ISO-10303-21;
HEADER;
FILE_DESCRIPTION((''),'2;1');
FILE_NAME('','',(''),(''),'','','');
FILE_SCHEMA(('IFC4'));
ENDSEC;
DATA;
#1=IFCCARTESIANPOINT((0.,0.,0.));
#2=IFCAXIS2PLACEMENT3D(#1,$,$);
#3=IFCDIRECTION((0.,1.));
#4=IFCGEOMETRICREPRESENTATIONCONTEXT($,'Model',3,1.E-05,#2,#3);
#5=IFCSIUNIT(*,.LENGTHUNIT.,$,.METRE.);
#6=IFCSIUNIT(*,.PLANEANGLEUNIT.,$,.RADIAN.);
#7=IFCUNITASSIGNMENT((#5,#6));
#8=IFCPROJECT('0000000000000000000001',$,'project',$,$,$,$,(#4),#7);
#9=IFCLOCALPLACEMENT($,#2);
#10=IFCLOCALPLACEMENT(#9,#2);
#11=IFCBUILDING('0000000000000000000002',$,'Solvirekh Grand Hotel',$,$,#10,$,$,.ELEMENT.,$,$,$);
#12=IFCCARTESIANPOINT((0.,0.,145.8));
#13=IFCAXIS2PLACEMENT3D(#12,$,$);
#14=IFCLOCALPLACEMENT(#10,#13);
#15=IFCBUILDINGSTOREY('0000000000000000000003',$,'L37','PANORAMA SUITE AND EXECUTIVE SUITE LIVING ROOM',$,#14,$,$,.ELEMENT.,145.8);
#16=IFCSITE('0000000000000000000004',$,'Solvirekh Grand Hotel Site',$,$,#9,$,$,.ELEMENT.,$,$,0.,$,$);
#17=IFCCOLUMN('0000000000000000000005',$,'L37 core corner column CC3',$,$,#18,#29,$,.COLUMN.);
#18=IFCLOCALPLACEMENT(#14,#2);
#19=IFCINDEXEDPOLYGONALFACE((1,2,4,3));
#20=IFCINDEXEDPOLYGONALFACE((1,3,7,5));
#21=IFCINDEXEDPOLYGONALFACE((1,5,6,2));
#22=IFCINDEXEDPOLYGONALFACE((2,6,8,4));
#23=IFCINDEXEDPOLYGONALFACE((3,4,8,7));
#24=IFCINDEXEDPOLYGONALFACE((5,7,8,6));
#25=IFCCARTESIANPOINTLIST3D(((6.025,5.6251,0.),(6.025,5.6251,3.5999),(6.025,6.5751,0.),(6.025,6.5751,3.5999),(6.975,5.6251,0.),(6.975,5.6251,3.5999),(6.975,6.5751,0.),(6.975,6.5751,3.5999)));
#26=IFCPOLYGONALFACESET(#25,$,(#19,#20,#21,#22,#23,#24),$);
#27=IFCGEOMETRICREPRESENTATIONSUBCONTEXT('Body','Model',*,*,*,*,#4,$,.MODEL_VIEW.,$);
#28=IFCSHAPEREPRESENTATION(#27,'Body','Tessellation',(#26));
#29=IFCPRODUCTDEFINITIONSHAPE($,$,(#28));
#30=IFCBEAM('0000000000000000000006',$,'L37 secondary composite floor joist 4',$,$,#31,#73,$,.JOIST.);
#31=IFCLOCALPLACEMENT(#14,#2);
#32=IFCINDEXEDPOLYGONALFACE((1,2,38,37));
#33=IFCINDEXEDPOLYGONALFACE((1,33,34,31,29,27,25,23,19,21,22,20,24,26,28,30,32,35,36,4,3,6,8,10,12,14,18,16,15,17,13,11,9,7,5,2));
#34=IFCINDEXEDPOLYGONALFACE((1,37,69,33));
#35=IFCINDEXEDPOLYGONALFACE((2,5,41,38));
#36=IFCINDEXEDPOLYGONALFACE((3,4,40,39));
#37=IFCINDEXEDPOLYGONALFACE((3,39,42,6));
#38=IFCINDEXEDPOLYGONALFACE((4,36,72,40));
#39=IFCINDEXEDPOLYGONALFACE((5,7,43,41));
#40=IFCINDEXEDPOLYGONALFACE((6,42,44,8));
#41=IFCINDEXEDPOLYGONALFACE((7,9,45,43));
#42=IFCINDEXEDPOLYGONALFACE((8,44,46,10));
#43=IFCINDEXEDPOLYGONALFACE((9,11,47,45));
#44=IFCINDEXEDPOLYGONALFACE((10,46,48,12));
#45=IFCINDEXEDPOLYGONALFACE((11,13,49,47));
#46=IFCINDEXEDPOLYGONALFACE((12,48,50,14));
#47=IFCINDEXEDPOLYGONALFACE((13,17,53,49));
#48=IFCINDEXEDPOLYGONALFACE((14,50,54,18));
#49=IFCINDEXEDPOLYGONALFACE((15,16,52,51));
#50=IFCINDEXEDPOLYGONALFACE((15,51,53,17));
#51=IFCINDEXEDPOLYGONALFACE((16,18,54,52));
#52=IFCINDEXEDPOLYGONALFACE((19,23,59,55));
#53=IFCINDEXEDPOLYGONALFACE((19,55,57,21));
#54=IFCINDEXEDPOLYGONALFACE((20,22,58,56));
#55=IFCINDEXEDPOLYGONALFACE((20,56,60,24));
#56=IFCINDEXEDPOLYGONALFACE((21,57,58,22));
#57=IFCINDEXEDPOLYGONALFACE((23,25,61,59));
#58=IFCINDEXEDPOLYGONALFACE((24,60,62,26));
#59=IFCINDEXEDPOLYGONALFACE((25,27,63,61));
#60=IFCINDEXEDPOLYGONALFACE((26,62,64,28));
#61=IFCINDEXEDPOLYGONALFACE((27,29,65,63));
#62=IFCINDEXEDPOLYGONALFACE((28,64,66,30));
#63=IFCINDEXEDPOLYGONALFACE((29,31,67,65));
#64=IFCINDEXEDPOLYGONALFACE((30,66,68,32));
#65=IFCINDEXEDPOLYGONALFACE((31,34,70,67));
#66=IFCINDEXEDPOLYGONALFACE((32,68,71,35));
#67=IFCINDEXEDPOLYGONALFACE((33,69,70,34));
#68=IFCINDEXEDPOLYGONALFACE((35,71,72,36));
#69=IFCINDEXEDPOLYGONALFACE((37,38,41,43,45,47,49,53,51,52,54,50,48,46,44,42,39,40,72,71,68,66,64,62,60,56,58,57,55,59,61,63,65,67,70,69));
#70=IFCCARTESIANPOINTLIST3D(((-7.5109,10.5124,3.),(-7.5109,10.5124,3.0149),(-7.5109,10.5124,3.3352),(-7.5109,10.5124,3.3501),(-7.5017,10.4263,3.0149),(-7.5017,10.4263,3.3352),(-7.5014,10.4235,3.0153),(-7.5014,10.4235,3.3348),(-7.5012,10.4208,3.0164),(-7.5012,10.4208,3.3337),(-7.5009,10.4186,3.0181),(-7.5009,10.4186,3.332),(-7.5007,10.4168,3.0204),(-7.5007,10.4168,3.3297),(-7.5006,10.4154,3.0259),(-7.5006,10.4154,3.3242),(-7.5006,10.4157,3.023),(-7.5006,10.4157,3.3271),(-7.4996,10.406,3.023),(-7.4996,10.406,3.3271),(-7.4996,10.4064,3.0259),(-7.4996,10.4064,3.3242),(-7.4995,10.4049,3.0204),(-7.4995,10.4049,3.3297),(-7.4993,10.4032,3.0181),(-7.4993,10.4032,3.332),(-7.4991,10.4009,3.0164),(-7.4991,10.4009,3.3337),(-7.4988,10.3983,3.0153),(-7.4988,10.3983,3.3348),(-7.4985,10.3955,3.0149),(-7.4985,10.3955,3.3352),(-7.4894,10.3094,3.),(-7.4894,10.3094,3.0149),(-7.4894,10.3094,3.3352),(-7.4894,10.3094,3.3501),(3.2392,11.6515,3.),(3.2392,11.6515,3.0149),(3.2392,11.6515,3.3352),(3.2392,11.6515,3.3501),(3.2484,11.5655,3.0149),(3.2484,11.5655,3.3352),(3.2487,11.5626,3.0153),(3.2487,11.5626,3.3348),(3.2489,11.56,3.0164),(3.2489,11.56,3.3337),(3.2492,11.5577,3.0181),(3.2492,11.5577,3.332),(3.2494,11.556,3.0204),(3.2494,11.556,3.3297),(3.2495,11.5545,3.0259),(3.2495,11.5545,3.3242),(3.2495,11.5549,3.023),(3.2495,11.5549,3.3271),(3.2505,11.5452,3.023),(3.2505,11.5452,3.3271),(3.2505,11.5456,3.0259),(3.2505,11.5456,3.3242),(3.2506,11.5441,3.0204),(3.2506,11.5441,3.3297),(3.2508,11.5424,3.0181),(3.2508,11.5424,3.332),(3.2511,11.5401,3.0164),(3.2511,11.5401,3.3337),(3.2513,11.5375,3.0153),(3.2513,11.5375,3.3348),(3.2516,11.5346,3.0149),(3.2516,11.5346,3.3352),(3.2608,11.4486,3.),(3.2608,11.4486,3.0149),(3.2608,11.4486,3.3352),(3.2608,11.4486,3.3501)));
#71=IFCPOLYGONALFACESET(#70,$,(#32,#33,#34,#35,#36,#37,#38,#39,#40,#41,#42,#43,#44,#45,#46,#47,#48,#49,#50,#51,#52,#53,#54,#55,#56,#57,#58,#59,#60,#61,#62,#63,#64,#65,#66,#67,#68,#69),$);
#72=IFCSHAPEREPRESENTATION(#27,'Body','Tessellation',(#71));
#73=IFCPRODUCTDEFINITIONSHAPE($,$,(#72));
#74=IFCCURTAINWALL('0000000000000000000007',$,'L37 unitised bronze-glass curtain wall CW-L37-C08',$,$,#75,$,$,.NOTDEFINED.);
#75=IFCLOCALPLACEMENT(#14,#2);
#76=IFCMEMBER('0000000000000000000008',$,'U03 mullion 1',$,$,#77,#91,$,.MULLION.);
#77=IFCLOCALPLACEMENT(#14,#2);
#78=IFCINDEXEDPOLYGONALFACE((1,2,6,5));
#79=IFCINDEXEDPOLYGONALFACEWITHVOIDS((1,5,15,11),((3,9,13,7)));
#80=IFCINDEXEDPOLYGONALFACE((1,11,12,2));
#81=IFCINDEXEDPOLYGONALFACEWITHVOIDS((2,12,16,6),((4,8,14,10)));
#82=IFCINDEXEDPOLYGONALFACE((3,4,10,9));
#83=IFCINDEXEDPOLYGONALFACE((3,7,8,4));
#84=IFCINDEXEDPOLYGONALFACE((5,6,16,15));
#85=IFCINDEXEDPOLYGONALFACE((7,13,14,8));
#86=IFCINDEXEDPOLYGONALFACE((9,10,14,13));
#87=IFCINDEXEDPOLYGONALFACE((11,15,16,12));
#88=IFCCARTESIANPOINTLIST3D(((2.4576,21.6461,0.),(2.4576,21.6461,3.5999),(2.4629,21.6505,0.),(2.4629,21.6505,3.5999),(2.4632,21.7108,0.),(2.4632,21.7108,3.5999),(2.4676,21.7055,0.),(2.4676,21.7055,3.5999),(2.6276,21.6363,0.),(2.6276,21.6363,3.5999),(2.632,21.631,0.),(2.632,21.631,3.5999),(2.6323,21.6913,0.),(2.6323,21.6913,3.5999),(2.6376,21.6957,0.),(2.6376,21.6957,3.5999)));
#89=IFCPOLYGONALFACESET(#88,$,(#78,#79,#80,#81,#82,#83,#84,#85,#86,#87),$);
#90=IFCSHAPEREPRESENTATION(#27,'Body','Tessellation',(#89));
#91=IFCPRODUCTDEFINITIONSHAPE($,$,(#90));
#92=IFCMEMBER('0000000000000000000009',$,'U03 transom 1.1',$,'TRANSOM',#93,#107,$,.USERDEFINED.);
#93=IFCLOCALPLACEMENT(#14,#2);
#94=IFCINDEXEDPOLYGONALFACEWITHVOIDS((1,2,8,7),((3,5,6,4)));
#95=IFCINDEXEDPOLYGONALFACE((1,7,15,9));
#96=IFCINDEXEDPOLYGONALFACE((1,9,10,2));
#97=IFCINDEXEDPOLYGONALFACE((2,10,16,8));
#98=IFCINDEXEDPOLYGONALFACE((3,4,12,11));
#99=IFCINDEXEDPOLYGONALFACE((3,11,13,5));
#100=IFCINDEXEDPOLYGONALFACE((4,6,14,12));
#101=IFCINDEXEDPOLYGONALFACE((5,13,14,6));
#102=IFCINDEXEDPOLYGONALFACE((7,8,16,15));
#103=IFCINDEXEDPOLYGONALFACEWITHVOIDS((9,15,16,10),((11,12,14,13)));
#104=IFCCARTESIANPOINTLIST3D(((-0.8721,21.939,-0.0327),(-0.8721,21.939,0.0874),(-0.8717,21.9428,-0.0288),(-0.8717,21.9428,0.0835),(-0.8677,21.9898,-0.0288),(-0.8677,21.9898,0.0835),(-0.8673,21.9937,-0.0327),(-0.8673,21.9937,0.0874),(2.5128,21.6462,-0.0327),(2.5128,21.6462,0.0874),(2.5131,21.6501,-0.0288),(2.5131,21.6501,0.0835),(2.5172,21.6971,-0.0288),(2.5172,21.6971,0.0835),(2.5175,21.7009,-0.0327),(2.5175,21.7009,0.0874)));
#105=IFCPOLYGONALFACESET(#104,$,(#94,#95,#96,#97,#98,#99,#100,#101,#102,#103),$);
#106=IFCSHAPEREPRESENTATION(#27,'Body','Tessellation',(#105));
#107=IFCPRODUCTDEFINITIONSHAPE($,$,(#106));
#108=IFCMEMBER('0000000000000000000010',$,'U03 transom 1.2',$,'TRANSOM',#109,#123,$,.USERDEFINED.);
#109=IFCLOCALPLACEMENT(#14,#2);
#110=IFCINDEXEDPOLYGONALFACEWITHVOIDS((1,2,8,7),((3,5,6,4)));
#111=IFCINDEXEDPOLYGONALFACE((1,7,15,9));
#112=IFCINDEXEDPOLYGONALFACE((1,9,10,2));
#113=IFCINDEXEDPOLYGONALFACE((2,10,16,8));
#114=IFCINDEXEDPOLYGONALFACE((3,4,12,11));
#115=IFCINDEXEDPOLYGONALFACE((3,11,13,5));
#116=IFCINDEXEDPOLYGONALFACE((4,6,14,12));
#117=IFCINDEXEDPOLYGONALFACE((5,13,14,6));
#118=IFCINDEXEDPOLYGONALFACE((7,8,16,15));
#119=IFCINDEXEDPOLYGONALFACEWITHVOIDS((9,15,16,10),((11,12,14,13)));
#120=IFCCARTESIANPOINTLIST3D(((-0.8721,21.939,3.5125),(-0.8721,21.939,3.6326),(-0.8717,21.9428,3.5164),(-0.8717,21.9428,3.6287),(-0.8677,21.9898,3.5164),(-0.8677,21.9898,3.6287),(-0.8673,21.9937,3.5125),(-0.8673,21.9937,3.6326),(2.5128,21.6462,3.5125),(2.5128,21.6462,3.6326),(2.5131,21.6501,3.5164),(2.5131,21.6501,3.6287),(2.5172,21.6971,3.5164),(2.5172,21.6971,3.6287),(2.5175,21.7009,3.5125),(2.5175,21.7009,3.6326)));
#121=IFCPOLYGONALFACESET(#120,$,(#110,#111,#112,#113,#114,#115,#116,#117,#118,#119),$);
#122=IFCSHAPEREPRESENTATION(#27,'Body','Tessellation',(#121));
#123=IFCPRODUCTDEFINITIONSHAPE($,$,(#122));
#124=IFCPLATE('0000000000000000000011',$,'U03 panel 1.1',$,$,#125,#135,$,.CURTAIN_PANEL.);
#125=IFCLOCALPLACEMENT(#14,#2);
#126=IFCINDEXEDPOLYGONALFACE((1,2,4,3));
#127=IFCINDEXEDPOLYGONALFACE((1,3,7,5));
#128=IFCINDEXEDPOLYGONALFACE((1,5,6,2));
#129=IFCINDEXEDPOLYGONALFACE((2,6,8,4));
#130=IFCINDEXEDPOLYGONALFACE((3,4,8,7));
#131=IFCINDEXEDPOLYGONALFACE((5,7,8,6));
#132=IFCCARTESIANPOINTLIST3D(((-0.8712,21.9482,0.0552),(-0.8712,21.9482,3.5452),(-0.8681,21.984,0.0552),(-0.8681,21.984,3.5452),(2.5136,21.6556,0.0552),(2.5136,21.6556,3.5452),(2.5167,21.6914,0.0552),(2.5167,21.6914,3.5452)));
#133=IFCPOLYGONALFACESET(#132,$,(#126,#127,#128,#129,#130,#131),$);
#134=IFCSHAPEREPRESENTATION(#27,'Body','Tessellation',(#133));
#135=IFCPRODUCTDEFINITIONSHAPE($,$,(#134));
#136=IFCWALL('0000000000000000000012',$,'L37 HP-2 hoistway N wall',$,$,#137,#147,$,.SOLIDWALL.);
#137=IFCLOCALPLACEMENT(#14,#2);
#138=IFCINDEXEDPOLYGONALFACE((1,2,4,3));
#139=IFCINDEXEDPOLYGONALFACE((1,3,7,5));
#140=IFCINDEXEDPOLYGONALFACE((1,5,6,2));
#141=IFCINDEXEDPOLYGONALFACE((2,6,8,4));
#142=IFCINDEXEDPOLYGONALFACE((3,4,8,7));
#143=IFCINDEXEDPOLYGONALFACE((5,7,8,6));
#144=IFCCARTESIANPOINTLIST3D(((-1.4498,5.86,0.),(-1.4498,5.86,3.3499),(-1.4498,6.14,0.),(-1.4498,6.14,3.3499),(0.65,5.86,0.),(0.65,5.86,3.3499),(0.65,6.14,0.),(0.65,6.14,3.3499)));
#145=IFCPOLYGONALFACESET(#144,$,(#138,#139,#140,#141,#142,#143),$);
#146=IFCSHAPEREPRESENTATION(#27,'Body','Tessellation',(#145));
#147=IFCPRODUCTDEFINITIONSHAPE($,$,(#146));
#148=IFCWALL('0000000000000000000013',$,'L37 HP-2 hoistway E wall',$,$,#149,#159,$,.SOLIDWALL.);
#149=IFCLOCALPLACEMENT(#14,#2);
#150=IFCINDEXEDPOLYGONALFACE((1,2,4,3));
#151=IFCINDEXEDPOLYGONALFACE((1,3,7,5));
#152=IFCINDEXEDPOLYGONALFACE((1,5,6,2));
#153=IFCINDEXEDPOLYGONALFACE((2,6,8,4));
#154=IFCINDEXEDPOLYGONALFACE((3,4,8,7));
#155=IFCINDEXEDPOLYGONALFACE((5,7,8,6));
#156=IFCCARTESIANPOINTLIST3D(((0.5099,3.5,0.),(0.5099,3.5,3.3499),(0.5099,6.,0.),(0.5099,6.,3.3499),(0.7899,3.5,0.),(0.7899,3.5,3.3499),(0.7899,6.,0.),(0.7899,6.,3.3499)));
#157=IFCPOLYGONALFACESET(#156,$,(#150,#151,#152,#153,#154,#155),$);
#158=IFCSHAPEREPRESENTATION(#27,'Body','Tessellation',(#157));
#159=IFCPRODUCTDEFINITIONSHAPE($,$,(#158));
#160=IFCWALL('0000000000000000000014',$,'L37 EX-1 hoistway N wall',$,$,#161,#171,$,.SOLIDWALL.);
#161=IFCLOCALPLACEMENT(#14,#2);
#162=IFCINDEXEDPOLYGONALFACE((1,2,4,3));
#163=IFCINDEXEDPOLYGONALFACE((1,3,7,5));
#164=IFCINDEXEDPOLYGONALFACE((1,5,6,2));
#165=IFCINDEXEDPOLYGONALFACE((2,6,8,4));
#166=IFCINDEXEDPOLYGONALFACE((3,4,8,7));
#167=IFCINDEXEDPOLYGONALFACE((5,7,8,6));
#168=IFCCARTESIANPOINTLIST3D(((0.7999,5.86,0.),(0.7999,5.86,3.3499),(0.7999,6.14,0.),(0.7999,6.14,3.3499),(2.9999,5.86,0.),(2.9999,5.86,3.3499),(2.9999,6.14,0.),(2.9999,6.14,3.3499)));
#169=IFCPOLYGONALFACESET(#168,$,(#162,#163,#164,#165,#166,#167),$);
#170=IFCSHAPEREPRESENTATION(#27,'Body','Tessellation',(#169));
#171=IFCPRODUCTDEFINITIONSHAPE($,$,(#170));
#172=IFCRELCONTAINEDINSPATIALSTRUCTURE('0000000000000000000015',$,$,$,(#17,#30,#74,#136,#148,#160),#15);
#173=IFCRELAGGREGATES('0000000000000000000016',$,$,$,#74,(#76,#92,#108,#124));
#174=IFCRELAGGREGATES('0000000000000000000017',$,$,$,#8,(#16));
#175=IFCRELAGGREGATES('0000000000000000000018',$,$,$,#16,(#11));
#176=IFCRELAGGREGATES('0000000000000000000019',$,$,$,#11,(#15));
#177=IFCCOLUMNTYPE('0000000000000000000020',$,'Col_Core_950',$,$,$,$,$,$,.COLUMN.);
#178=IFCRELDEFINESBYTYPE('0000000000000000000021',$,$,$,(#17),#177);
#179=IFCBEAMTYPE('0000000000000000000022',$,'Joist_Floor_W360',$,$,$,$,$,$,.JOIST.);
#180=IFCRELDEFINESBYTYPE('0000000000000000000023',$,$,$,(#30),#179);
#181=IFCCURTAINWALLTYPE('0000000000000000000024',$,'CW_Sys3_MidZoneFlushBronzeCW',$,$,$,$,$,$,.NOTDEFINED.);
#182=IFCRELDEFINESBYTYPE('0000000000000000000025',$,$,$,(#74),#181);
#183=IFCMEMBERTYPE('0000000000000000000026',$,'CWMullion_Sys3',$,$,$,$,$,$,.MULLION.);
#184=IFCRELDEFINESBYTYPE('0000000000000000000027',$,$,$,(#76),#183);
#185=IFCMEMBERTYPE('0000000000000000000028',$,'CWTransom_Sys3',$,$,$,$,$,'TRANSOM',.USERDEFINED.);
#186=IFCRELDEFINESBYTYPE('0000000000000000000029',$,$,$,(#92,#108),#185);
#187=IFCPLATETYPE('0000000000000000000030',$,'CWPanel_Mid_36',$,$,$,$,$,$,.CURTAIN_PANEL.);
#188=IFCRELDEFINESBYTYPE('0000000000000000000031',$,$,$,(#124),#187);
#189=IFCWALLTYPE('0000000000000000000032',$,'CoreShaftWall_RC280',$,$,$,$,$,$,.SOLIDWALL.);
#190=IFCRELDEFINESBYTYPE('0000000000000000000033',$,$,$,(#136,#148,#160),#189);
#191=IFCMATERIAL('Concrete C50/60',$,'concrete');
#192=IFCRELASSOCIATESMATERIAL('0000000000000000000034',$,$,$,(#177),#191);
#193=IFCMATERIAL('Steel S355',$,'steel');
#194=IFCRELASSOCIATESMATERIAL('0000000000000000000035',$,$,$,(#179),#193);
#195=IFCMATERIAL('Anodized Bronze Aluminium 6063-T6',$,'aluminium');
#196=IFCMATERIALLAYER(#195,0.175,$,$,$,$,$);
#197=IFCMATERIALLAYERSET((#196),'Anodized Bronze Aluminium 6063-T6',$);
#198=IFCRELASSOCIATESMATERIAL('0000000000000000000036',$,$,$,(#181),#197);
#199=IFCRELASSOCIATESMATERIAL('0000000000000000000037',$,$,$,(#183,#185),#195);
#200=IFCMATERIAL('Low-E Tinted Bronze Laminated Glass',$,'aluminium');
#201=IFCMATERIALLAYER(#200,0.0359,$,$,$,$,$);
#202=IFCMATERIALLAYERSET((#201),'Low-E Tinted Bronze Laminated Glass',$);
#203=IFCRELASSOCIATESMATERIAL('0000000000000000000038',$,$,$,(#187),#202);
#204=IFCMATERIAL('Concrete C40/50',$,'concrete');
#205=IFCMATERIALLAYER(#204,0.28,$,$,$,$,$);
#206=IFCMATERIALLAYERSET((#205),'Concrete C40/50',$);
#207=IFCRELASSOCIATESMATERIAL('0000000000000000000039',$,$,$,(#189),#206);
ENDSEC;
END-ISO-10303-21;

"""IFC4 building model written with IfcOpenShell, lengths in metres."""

from ifc_helpers import new_model, si_unit, direction, frame, frame_2d, origin, origin_2d, place, context, subcontext, project, spatial, rectangle, hollow_rectangle, i_section, extrude, source, transform, mapped, material, layer, layer_set, material_profile, profile_set, type_object, element, aggregate, save


model = new_model("IFC4")

# Units and contexts
model_context = context("Model", 3, precision=1e-05, world=origin(), true_north=direction((0.0, 1.0)))
body_context = subcontext(model_context, "Body", "Model", "MODEL_VIEW")
ifc_project = project(units=[si_unit("LENGTHUNIT", "METRE"), si_unit("PLANEANGLEUNIT", "RADIAN")], contexts=[model_context])

# Site, building, storey
site_placement = place(None, origin())
site = spatial("IfcSite", under=ifc_project, at=site_placement, Name="Solvirekh Grand Hotel Site", CompositionType="ELEMENT", RefElevation=0.0)
building_placement = place(site_placement, origin())
building = spatial("IfcBuilding", under=site, at=building_placement, Name="Solvirekh Grand Hotel", CompositionType="ELEMENT")
storey_placement = place(building_placement, frame((0.0, 0.0, 145.8)))
storey = spatial("IfcBuildingStorey", under=building, at=storey_placement, Name="L37", Description="PANORAMA SUITE AND EXECUTIVE SUITE LIVING ROOM", CompositionType="ELEMENT", Elevation=145.8)

# Column
ifc_material_1 = material(Name="Concrete C50/60", Category="concrete")
ifc_material_profile_1 = material_profile(ifc_material_1, rectangle(XDim=0.95, YDim=0.95, at=origin_2d()), Name="RC 950X950")
ifc_profile_set_1 = profile_set([ifc_material_profile_1], Name="Concrete C50/60")
column_type = type_object("IfcColumnType", Name="Col_Core_950", PredefinedType="COLUMN", material=ifc_profile_set_1)
column_placement = place(storey_placement, frame((6.5, 6.1001, 0.0), z_axis=(0.0, 0.0, 1.0), x_axis=(1.0, 0.0, 0.0)))
element("IfcColumn", 1, at=column_placement, inside=storey, type_object=column_type, Name="L37 core corner column CC3", PredefinedType="COLUMN", context=body_context, shape_type="SweptSolid", body=[
    extrude(rectangle(XDim=0.95, YDim=0.95, at=origin_2d()), origin(), (0.0, 0.0, 1.0), 3.5999),
])

# Beam
ifc_material_2 = material(Name="Steel S355", Category="steel")
ifc_material_profile_2 = material_profile(ifc_material_2, i_section(OverallWidth=0.2041, OverallDepth=0.3501, WebThickness=0.009, FlangeThickness=0.0149, FilletRadius=0.011, at=origin_2d()), Name="W360X72")
ifc_profile_set_2 = profile_set([ifc_material_profile_2], Name="Steel S355")
beam_type = type_object("IfcBeamType", Name="Joist_Floor_W360", PredefinedType="JOIST", material=ifc_profile_set_2)
beam_placement = place(storey_placement, frame((3.25, 11.55, 3.175), z_axis=(-0.994432, -0.105378, 0.0), x_axis=(0.105378, -0.994432, 0.0)))
element("IfcBeam", 2, at=beam_placement, inside=storey, type_object=beam_type, Name="L37 secondary composite floor joist 4", PredefinedType="JOIST", context=body_context, shape_type="SweptSolid", body=[
    extrude(i_section(OverallWidth=0.2041, OverallDepth=0.3501, WebThickness=0.009, FlangeThickness=0.0149, FilletRadius=0.011, at=origin_2d()), origin(), (0.0, 0.0, 1.0), 10.8103),
])

# Curtain wall, members, plate
ifc_material_3 = material(Name="Anodized Bronze Aluminium 6063-T6", Category="aluminium")
ifc_layer_1 = layer(ifc_material_3, 0.175)
ifc_layer_set_1 = layer_set([ifc_layer_1], Name="Anodized Bronze Aluminium 6063-T6")
curtain_wall_type = type_object("IfcCurtainWallType", Name="CW_Sys3_MidZoneFlushBronzeCW", PredefinedType="NOTDEFINED", material=ifc_layer_set_1)
curtain_wall_placement = place(storey_placement, origin())
curtain_wall = element("IfcCurtainWall", 3, at=curtain_wall_placement, inside=storey, type_object=curtain_wall_type, Name="L37 unitised bronze-glass curtain wall CW-L37-C08", PredefinedType="NOTDEFINED")
ifc_material_profile_3 = material_profile(ifc_material_3, hollow_rectangle(XDim=0.0649, YDim=0.175, WallThickness=0.0049, at=origin_2d()), Name="ALU RHS 175X65X5")
ifc_profile_set_3 = profile_set([ifc_material_profile_3], Name="Anodized Bronze Aluminium 6063-T6")
member_type_1 = type_object("IfcMemberType", Name="CWMullion_Sys3", PredefinedType="MULLION", material=ifc_profile_set_3)
shared_shape_1 = source(origin(), body_context, "Body", "SweptSolid", [
    extrude(hollow_rectangle(XDim=0.0649, YDim=0.175, WallThickness=0.0049, at=origin_2d()), origin(), (0.0, 0.0, 1.0), 3.5999),
])
member_1_placement = place(storey_placement, frame((2.5476, 21.6709, 0.0), z_axis=(0.0, 0.0, 1.0), x_axis=(-0.086123, -0.996284, 0.0)))
member_1 = element("IfcMember", 4, at=member_1_placement, type_object=member_type_1, Name="U03 mullion 1", PredefinedType="MULLION", context=body_context, shape_type="MappedRepresentation", body=[
    mapped(shared_shape_1, transform((0.0, 0.0, 0.0), x_axis=(1.0, 0.0, 0.0), y_axis=(0.0, 1.0, 0.0), z_axis=(0.0, 0.0, 1.0), scale=1.0)),
])
ifc_material_profile_4 = material_profile(ifc_material_3, hollow_rectangle(XDim=0.0549, YDim=0.1201, WallThickness=0.0039, at=origin_2d()), Name="ALU RHS 120X55X4")
ifc_profile_set_4 = profile_set([ifc_material_profile_4], Name="Anodized Bronze Aluminium 6063-T6")
member_type_2 = type_object("IfcMemberType", Name="CWTransom_Sys3", ElementType="TRANSOM", PredefinedType="USERDEFINED", material=ifc_profile_set_4)
shared_shape_2 = source(origin(), body_context, "Body", "SweptSolid", [
    extrude(hollow_rectangle(XDim=0.0549, YDim=0.1201, WallThickness=0.0039, at=origin_2d()), origin(), (0.0, 0.0, 1.0), 3.3975),
])
member_2_placement = place(storey_placement, frame((2.5151, 21.6736, 0.0273), z_axis=(-0.996281, 0.086161, 0.0), x_axis=(-0.086161, -0.996281, 0.0)))
member_2 = element("IfcMember", 5, at=member_2_placement, type_object=member_type_2, Name="U03 transom 1.1", ObjectType="TRANSOM", PredefinedType="USERDEFINED", context=body_context, shape_type="MappedRepresentation", body=[
    mapped(shared_shape_2, transform((0.0, 0.0, 0.0), x_axis=(1.0, 0.0, 0.0), y_axis=(0.0, 1.0, 0.0), z_axis=(0.0, 0.0, 1.0), scale=1.0)),
])
member_3_placement = place(storey_placement, frame((2.5151, 21.6736, 3.5725), z_axis=(-0.996281, 0.086161, 0.0), x_axis=(-0.086161, -0.996281, 0.0)))
member_3 = element("IfcMember", 6, at=member_3_placement, type_object=member_type_2, Name="U03 transom 1.2", ObjectType="TRANSOM", PredefinedType="USERDEFINED", context=body_context, shape_type="MappedRepresentation", body=[
    mapped(shared_shape_2, transform((0.0, 0.0, 0.0), x_axis=(1.0, 0.0, 0.0), y_axis=(0.0, 1.0, 0.0), z_axis=(0.0, 0.0, 1.0), scale=1.0)),
])
ifc_material_4 = material(Name="Low-E Tinted Bronze Laminated Glass", Category="aluminium")
ifc_layer_2 = layer(ifc_material_4, 0.0359)
ifc_layer_set_2 = layer_set([ifc_layer_2], Name="Low-E Tinted Bronze Laminated Glass")
plate_type = type_object("IfcPlateType", Name="CWPanel_Mid_36", PredefinedType="CURTAIN_PANEL", material=ifc_layer_set_2)
shared_shape_3 = source(origin(), body_context, "Body", "SweptSolid", [
    extrude(rectangle(XDim=3.3975, YDim=0.0359, at=origin_2d()), origin(), (0.0, 0.0, 1.0), 3.49),
])
plate_placement = place(storey_placement, frame((0.8228, 21.8198, 0.0552), z_axis=(0.0, 0.0, 1.0), x_axis=(-0.996284, 0.086123, 0.0)))
plate = element("IfcPlate", 7, at=plate_placement, type_object=plate_type, Name="U03 panel 1.1", PredefinedType="CURTAIN_PANEL", context=body_context, shape_type="MappedRepresentation", body=[
    mapped(shared_shape_3, transform((0.0, 0.0, 0.0), x_axis=(1.0, 0.0, 0.0), y_axis=(0.0, 1.0, 0.0), z_axis=(0.0, 0.0, 1.0), scale=1.0)),
])
aggregate(curtain_wall, [member_1, member_2, member_3, plate])

# Walls
ifc_material_5 = material(Name="Concrete C40/50", Category="concrete")
ifc_layer_3 = layer(ifc_material_5, 0.28)
ifc_layer_set_3 = layer_set([ifc_layer_3], Name="Concrete C40/50")
wall_type_1 = type_object("IfcWallType", Name="CoreShaftWall_RC280", PredefinedType="SOLIDWALL", material=ifc_layer_set_3)
wall_1_placement = place(storey_placement, frame((0.6499, 6.0, 0.0), z_axis=(0.0, 0.0, 1.0), x_axis=(-1.0, 0.0, 0.0)))
element("IfcWall", 8, at=wall_1_placement, inside=storey, type_object=wall_type_1, Name="L37 HP-2 hoistway N wall", PredefinedType="SOLIDWALL", context=body_context, shape_type="SweptSolid", body=[
    extrude(rectangle(XDim=2.0999, YDim=0.28, at=frame_2d((1.0498, 0.0))), origin(), (0.0, 0.0, 1.0), 3.3499),
])
wall_2_placement = place(storey_placement, frame((0.6499, 3.5, 0.0), z_axis=(0.0, 0.0, 1.0), x_axis=(0.0, 1.0, 0.0)))
element("IfcWall", 9, at=wall_2_placement, inside=storey, type_object=wall_type_1, Name="L37 HP-2 hoistway E wall", PredefinedType="SOLIDWALL", context=body_context, shape_type="SweptSolid", body=[
    extrude(rectangle(XDim=2.5, YDim=0.28, at=frame_2d((1.25, 0.0))), origin(), (0.0, 0.0, 1.0), 3.3499),
])
wall_3_placement = place(storey_placement, frame((3.0, 6.0, 0.0), z_axis=(0.0, 0.0, 1.0), x_axis=(-1.0, 0.0, 0.0)))
element("IfcWall", 10, at=wall_3_placement, inside=storey, type_object=wall_type_1, Name="L37 EX-1 hoistway N wall", PredefinedType="SOLIDWALL", context=body_context, shape_type="SweptSolid", body=[
    extrude(rectangle(XDim=2.2, YDim=0.28, at=frame_2d((1.1001, 0.0))), origin(), (0.0, 0.0, 1.0), 3.3499),
])

save(model, "model.ifc")
